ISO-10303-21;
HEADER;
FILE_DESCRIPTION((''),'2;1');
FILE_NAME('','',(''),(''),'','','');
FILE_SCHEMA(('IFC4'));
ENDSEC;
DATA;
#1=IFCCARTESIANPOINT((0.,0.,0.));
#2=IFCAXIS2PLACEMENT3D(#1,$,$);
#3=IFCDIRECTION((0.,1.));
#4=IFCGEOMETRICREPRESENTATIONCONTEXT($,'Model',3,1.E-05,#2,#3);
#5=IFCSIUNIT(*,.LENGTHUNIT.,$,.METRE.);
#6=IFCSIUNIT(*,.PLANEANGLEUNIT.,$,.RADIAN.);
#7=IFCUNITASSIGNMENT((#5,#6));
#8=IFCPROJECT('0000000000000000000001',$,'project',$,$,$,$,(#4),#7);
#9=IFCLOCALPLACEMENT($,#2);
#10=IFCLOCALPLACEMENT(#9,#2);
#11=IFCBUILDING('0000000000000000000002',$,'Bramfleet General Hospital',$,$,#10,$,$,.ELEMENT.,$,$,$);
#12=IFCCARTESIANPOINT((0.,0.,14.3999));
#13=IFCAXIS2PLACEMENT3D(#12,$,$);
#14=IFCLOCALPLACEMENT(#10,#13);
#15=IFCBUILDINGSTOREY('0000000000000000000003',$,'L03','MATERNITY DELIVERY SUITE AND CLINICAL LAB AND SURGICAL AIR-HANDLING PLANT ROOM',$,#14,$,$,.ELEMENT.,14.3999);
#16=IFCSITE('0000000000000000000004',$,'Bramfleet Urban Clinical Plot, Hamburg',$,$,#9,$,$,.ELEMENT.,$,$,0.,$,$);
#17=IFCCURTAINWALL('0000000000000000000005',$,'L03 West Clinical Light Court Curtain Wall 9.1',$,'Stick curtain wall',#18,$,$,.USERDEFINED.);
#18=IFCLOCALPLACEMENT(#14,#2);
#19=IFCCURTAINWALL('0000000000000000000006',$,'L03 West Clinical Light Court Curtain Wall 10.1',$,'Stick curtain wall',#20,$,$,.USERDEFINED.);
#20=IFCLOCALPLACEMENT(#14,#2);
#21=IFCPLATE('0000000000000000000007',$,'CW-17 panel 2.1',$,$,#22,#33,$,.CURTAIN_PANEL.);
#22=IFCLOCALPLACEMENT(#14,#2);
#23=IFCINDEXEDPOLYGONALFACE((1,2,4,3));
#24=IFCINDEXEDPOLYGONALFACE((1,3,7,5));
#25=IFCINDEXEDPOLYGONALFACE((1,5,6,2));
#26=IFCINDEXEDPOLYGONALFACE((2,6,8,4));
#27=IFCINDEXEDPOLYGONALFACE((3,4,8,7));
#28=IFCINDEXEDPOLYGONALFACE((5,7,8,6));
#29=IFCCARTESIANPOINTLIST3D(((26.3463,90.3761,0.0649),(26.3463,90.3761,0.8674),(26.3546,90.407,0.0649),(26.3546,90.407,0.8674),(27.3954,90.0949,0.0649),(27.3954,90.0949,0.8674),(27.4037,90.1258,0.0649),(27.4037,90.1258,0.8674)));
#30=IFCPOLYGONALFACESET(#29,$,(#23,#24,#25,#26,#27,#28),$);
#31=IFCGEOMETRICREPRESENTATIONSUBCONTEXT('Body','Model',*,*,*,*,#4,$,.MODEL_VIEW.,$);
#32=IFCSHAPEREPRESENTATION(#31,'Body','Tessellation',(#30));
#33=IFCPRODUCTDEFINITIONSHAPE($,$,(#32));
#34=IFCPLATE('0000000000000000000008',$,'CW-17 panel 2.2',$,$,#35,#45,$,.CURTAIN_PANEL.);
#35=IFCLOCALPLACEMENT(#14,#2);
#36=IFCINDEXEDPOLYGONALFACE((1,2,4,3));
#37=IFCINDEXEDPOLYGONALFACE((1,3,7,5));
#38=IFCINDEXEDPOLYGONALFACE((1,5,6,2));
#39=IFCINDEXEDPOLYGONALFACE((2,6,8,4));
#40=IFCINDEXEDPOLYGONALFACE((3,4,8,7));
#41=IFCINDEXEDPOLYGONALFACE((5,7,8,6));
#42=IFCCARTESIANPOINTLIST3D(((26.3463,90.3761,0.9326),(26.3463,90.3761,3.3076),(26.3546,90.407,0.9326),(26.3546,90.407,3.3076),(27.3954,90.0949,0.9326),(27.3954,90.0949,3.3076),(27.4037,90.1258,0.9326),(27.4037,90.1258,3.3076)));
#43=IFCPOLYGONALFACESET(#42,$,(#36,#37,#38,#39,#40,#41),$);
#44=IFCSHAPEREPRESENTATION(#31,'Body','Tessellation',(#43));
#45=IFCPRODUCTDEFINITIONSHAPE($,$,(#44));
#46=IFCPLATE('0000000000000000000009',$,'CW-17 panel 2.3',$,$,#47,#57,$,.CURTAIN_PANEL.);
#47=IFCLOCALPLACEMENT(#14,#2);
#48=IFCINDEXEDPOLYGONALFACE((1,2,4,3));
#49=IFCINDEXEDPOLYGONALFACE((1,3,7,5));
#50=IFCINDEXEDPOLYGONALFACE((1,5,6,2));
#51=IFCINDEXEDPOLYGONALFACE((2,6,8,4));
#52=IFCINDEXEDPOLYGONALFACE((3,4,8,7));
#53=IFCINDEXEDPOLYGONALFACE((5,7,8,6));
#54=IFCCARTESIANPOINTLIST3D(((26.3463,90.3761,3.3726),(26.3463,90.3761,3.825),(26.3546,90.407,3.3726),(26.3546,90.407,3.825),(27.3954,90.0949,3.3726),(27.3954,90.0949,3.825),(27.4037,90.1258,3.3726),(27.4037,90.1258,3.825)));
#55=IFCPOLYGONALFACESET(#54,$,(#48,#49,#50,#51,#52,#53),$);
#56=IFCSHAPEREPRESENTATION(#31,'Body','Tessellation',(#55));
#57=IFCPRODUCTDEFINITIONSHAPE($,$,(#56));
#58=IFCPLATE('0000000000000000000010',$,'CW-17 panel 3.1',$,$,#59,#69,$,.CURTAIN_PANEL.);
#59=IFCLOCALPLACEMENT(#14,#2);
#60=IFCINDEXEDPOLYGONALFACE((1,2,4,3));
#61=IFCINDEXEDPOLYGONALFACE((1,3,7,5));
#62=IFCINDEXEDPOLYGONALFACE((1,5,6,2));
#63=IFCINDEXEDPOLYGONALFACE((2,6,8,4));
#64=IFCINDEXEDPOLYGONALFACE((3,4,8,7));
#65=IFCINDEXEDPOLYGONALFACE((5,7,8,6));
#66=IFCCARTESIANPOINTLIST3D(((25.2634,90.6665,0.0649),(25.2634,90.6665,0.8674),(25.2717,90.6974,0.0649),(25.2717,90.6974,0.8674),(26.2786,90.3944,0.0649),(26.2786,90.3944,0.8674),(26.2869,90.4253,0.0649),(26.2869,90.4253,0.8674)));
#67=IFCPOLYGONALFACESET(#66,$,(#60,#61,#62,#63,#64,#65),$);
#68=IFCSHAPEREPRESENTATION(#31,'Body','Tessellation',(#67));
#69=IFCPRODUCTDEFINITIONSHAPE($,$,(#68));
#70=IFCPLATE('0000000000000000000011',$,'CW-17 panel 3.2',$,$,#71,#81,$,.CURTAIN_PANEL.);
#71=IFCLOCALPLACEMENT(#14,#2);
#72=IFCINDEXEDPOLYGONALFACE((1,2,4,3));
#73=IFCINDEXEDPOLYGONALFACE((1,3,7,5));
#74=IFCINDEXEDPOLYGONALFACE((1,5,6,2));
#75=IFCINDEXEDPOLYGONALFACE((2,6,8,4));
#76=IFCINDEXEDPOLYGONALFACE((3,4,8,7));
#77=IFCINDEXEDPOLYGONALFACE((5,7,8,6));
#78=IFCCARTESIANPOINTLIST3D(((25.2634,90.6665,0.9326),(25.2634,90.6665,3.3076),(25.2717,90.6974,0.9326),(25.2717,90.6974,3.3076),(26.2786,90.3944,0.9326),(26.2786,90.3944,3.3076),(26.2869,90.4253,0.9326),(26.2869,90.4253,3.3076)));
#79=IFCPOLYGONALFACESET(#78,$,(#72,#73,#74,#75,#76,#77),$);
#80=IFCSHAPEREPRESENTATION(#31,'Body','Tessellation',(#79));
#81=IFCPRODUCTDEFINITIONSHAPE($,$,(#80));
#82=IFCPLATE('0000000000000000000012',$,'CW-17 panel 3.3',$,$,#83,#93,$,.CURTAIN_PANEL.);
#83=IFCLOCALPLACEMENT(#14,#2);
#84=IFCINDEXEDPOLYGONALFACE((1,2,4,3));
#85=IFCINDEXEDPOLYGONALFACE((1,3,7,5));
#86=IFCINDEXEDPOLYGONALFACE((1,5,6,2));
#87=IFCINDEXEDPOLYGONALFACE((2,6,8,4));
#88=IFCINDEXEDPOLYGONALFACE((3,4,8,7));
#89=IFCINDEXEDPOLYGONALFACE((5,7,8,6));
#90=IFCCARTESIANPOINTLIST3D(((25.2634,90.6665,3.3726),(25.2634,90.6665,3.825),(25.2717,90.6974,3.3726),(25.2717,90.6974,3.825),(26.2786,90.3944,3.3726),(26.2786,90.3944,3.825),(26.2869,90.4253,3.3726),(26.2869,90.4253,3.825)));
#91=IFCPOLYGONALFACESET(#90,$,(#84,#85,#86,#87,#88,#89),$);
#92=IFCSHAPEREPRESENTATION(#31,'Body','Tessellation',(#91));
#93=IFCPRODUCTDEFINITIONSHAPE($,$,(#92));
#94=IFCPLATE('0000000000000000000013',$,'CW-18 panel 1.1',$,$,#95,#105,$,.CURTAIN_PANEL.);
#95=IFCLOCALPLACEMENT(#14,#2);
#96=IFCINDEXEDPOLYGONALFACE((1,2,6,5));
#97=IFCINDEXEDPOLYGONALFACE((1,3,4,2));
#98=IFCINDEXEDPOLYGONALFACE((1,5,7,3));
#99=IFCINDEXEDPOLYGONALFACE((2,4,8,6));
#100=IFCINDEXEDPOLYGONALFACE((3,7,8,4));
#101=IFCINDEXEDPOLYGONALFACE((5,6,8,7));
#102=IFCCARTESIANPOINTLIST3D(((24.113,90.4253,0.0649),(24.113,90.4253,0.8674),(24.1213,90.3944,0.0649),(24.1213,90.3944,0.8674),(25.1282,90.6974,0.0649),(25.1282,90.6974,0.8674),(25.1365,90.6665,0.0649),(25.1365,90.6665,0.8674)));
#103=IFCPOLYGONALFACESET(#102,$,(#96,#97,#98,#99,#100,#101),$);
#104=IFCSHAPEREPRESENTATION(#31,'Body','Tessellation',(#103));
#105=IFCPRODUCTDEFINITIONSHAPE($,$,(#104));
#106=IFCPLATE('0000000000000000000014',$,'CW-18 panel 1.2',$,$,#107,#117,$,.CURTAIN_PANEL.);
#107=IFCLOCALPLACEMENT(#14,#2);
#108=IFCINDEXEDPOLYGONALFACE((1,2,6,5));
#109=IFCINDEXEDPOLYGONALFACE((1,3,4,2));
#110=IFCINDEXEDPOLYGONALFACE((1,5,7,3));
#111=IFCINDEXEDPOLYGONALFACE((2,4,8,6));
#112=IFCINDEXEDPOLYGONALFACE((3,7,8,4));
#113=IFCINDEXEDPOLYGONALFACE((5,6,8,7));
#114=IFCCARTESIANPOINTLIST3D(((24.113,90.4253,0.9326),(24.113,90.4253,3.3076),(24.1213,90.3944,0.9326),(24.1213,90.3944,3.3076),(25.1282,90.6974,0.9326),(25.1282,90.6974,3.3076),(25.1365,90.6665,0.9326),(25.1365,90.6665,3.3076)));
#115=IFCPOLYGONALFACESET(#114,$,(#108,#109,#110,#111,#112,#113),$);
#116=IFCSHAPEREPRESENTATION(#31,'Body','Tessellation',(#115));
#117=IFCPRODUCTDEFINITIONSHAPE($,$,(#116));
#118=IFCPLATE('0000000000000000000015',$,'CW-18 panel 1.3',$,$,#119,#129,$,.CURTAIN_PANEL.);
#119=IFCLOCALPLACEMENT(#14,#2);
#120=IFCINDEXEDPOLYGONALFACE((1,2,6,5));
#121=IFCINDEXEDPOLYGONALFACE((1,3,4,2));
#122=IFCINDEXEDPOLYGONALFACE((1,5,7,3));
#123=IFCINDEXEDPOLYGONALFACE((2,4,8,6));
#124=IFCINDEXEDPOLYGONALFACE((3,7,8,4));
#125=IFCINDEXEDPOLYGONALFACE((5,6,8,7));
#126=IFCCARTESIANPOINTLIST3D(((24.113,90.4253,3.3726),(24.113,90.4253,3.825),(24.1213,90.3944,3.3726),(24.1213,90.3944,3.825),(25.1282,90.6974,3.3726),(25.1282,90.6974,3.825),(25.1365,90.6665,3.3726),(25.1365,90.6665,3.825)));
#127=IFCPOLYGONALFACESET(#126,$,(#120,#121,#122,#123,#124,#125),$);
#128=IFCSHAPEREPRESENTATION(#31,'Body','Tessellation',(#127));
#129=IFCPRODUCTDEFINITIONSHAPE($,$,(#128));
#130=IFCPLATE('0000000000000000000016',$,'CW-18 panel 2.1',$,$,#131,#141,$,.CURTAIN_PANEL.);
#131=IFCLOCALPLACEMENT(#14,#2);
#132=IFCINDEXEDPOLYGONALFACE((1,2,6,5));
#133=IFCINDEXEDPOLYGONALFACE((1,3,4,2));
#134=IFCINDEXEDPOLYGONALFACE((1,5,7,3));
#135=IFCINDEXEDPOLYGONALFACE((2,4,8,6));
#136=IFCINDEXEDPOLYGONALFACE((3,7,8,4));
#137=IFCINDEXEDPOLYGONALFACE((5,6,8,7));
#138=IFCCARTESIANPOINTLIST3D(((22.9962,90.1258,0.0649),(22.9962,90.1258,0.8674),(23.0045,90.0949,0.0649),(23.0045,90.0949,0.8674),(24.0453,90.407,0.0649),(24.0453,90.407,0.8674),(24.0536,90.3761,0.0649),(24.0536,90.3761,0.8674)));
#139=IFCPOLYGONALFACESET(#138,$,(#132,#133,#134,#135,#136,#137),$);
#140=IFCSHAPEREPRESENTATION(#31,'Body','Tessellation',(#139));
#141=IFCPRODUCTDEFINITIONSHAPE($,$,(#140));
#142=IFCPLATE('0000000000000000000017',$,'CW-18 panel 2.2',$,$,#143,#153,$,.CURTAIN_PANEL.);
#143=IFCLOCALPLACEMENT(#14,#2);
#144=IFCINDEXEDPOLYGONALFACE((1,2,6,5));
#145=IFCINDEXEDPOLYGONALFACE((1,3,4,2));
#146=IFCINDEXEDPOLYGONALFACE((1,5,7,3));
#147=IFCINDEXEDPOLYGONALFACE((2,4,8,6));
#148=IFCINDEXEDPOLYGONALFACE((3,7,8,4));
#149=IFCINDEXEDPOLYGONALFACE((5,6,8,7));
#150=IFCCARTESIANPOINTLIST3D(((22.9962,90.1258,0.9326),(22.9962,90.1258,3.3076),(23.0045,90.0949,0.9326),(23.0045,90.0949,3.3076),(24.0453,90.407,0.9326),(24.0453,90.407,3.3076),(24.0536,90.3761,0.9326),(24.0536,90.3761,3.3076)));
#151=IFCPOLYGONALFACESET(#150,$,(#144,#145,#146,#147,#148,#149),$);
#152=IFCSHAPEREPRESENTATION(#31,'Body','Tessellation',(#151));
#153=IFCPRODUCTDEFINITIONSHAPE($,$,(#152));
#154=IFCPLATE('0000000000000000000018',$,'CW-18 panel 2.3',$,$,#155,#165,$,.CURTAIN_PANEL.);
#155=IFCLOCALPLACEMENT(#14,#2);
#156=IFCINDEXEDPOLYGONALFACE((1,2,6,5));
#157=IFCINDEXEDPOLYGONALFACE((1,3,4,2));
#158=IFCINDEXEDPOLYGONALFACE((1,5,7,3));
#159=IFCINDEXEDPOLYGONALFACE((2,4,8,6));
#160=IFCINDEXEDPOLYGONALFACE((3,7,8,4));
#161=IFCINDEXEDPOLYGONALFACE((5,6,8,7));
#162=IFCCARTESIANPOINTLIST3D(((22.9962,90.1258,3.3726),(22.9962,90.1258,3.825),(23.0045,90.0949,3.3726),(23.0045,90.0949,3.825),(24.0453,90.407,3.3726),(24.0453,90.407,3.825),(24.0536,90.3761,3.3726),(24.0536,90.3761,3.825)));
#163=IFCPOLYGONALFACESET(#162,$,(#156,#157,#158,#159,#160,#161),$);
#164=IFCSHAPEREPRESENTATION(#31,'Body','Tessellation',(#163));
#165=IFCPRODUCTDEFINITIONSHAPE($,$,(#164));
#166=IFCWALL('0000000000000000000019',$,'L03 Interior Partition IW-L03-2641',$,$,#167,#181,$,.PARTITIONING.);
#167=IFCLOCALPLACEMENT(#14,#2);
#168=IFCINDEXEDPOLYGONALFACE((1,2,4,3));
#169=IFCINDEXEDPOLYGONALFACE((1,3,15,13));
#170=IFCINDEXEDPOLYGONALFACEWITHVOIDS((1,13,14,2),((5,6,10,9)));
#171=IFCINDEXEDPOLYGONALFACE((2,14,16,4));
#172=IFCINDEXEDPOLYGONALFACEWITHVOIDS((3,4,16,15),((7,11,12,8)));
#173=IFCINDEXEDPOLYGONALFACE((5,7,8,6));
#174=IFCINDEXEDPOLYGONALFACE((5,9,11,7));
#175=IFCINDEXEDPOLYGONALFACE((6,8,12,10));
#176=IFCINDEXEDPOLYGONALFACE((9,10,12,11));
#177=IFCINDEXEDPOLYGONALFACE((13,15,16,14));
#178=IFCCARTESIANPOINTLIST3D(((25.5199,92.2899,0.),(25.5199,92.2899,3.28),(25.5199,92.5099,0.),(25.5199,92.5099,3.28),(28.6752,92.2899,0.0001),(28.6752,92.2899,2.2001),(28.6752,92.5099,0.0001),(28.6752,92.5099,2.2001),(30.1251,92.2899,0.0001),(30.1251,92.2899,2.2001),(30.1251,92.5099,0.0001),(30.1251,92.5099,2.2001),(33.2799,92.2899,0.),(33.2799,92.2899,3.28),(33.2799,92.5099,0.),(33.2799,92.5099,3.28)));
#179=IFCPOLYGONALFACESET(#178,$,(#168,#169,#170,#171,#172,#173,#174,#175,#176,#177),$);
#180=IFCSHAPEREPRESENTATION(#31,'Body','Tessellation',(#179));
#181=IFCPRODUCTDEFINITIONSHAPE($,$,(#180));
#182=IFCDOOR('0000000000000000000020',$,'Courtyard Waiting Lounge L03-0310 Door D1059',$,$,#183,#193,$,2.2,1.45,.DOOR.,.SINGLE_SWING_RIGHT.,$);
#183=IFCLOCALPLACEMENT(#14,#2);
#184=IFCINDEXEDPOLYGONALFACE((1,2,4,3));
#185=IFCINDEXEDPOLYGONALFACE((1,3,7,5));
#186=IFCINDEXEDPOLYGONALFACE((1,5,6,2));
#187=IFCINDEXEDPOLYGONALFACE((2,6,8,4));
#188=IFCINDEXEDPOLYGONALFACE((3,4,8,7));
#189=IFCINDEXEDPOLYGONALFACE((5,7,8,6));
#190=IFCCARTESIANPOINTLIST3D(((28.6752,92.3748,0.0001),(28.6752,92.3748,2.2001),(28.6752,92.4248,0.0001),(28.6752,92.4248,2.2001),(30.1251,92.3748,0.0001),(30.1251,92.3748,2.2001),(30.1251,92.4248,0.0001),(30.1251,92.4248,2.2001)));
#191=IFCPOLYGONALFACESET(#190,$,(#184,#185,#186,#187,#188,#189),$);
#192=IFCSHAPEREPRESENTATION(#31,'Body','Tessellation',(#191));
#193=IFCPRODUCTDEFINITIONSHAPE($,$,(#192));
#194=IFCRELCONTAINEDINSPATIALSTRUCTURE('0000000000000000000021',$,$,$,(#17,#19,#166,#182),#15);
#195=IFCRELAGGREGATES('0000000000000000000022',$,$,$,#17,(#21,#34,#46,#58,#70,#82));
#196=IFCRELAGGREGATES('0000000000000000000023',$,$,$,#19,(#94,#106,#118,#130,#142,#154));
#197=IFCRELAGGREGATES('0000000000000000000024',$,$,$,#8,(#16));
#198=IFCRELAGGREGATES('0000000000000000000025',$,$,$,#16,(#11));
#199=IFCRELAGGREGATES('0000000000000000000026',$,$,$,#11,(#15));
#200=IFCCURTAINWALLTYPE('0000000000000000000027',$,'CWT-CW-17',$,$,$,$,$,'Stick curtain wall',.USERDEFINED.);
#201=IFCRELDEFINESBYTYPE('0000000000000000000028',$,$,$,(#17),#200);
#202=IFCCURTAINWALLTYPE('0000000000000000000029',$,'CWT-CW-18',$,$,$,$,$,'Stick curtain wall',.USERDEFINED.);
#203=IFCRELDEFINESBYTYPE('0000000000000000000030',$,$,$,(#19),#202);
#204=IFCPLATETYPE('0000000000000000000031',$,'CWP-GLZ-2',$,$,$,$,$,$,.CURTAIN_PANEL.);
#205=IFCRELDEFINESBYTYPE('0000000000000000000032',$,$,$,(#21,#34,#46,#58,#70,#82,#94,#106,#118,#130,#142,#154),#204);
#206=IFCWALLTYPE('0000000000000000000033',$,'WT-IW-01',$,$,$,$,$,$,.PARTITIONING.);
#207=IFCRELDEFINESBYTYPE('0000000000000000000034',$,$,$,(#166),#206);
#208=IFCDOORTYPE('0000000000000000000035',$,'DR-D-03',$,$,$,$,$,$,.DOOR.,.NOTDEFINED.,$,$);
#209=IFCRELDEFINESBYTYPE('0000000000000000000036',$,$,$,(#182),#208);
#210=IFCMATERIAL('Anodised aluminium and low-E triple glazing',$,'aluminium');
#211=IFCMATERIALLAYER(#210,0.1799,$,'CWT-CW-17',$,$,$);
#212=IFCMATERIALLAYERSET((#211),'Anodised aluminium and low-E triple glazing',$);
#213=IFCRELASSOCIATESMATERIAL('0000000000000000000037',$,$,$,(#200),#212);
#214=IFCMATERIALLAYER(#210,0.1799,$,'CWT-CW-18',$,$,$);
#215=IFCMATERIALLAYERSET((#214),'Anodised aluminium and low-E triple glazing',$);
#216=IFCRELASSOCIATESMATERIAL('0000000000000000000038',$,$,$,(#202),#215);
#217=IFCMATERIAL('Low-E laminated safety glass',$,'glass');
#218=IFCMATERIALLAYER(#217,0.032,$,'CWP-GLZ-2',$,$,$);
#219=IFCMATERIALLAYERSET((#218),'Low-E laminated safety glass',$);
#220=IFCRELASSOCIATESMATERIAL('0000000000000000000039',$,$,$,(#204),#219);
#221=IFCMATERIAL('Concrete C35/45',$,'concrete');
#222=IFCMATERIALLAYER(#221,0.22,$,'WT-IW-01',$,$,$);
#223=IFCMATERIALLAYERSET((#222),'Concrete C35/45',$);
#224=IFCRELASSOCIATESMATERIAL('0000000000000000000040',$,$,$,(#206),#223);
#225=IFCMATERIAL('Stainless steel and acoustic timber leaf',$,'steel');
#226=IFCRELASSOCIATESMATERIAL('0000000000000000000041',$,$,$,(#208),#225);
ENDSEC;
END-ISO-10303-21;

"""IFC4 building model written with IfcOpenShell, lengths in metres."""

from ifc_helpers import new_model, si_unit, direction, frame, frame_2d, origin, origin_2d, place, context, subcontext, project, spatial, rectangle, extrude, material, layer, layer_set, type_object, element, fill, aggregate, save


model = new_model("IFC4")

# Units and contexts
model_context = context("Model", 3, precision=1e-05, world=origin(), true_north=direction((0.0, 1.0)))
body_context = subcontext(model_context, "Body", "Model", "MODEL_VIEW")
ifc_project = project(units=[si_unit("LENGTHUNIT", "METRE"), si_unit("PLANEANGLEUNIT", "RADIAN")], contexts=[model_context])

# Site, building, storey
site_placement = place(None, origin())
site = spatial("IfcSite", under=ifc_project, at=site_placement, Name="Bramfleet Urban Clinical Plot, Hamburg", CompositionType="ELEMENT", RefElevation=0.0)
building_placement = place(site_placement, origin())
building = spatial("IfcBuilding", under=site, at=building_placement, Name="Bramfleet General Hospital", CompositionType="ELEMENT")
storey_placement = place(building_placement, frame((0.0, 0.0, 14.3999)))
storey = spatial("IfcBuildingStorey", under=building, at=storey_placement, Name="L03", Description="MATERNITY DELIVERY SUITE AND CLINICAL LAB AND SURGICAL AIR-HANDLING PLANT ROOM", CompositionType="ELEMENT", Elevation=14.3999)

# Shared definitions
ifc_material_1 = material(Name="Concrete C35/45", Category="concrete")

# Curtain walls
ifc_material_2 = material(Name="Anodised aluminium and low-E triple glazing", Category="aluminium")
ifc_layer_1 = layer(ifc_material_2, 0.1799, Name="CWT-CW-17")
ifc_layer_set_1 = layer_set([ifc_layer_1], Name="Anodised aluminium and low-E triple glazing")
curtain_wall_type_1 = type_object("IfcCurtainWallType", Name="CWT-CW-17", ElementType="Stick curtain wall", PredefinedType="USERDEFINED", material=ifc_layer_set_1)
curtain_wall_1_placement = place(storey_placement, origin())
curtain_wall_1 = element("IfcCurtainWall", 1, at=curtain_wall_1_placement, inside=storey, type_object=curtain_wall_type_1, Name="L03 West Clinical Light Court Curtain Wall 9.1", ObjectType="Stick curtain wall", PredefinedType="USERDEFINED")
ifc_layer_2 = layer(ifc_material_2, 0.1799, Name="CWT-CW-18")
ifc_layer_set_2 = layer_set([ifc_layer_2], Name="Anodised aluminium and low-E triple glazing")
curtain_wall_type_2 = type_object("IfcCurtainWallType", Name="CWT-CW-18", ElementType="Stick curtain wall", PredefinedType="USERDEFINED", material=ifc_layer_set_2)
curtain_wall_2_placement = place(storey_placement, origin())
curtain_wall_2 = element("IfcCurtainWall", 2, at=curtain_wall_2_placement, inside=storey, type_object=curtain_wall_type_2, Name="L03 West Clinical Light Court Curtain Wall 10.1", ObjectType="Stick curtain wall", PredefinedType="USERDEFINED")

# Plates
ifc_material_3 = material(Name="Low-E laminated safety glass", Category="glass")
ifc_layer_3 = layer(ifc_material_3, 0.032, Name="CWP-GLZ-2")
ifc_layer_set_3 = layer_set([ifc_layer_3], Name="Low-E laminated safety glass")
plate_type = type_object("IfcPlateType", Name="CWP-GLZ-2", PredefinedType="CURTAIN_PANEL", material=ifc_layer_set_3)
plate_1_placement = place(storey_placement, frame((26.875, 90.251, 0.0649), z_axis=(0.0, 0.0, 1.0), x_axis=(-0.965899, 0.258919, 0.0)))
plate_1 = element("IfcPlate", 3, at=plate_1_placement, type_object=plate_type, Name="CW-17 panel 2.1", PredefinedType="CURTAIN_PANEL", context=body_context, shape_type="SweptSolid", body=[
    extrude(rectangle(XDim=1.0862, YDim=0.032, at=origin_2d()), origin(), (0.0, 0.0, 1.0), 0.8025),
])
plate_2_placement = place(storey_placement, frame((26.875, 90.251, 0.9326), z_axis=(0.0, 0.0, 1.0), x_axis=(-0.965899, 0.258919, 0.0)))
plate_2 = element("IfcPlate", 4, at=plate_2_placement, type_object=plate_type, Name="CW-17 panel 2.2", PredefinedType="CURTAIN_PANEL", context=body_context, shape_type="SweptSolid", body=[
    extrude(rectangle(XDim=1.0862, YDim=0.032, at=origin_2d()), origin(), (0.0, 0.0, 1.0), 2.375),
])
plate_3_placement = place(storey_placement, frame((26.875, 90.251, 3.3726), z_axis=(0.0, 0.0, 1.0), x_axis=(-0.965899, 0.258919, 0.0)))
plate_3 = element("IfcPlate", 5, at=plate_3_placement, type_object=plate_type, Name="CW-17 panel 2.3", PredefinedType="CURTAIN_PANEL", context=body_context, shape_type="SweptSolid", body=[
    extrude(rectangle(XDim=1.0862, YDim=0.032, at=origin_2d()), origin(), (0.0, 0.0, 1.0), 0.4524),
])
plate_4_placement = place(storey_placement, frame((25.7751, 90.5459, 0.0649), z_axis=(0.0, 0.0, 1.0), x_axis=(-0.965899, 0.258919, 0.0)))
plate_4 = element("IfcPlate", 6, at=plate_4_placement, type_object=plate_type, Name="CW-17 panel 3.1", PredefinedType="CURTAIN_PANEL", context=body_context, shape_type="SweptSolid", body=[
    extrude(rectangle(XDim=1.051, YDim=0.032, at=origin_2d()), origin(), (0.0, 0.0, 1.0), 0.8025),
])
plate_5_placement = place(storey_placement, frame((25.7751, 90.5459, 0.9326), z_axis=(0.0, 0.0, 1.0), x_axis=(-0.965899, 0.258919, 0.0)))
plate_5 = element("IfcPlate", 7, at=plate_5_placement, type_object=plate_type, Name="CW-17 panel 3.2", PredefinedType="CURTAIN_PANEL", context=body_context, shape_type="SweptSolid", body=[
    extrude(rectangle(XDim=1.051, YDim=0.032, at=origin_2d()), origin(), (0.0, 0.0, 1.0), 2.375),
])
plate_6_placement = place(storey_placement, frame((25.7751, 90.5459, 3.3726), z_axis=(0.0, 0.0, 1.0), x_axis=(-0.965899, 0.258919, 0.0)))
plate_6 = element("IfcPlate", 8, at=plate_6_placement, type_object=plate_type, Name="CW-17 panel 3.3", PredefinedType="CURTAIN_PANEL", context=body_context, shape_type="SweptSolid", body=[
    extrude(rectangle(XDim=1.051, YDim=0.032, at=origin_2d()), origin(), (0.0, 0.0, 1.0), 0.4524),
])
aggregate(curtain_wall_1, [plate_1, plate_2, plate_3, plate_4, plate_5, plate_6])
plate_7_placement = place(storey_placement, frame((24.6248, 90.5459, 0.0649), z_axis=(0.0, 0.0, 1.0), x_axis=(-0.965899, -0.258919, 0.0)))
plate_7 = element("IfcPlate", 9, at=plate_7_placement, type_object=plate_type, Name="CW-18 panel 1.1", PredefinedType="CURTAIN_PANEL", context=body_context, shape_type="SweptSolid", body=[
    extrude(rectangle(XDim=1.051, YDim=0.032, at=origin_2d()), origin(), (0.0, 0.0, 1.0), 0.8025),
])
plate_8_placement = place(storey_placement, frame((24.6248, 90.5459, 0.9326), z_axis=(0.0, 0.0, 1.0), x_axis=(-0.965899, -0.258919, 0.0)))
plate_8 = element("IfcPlate", 10, at=plate_8_placement, type_object=plate_type, Name="CW-18 panel 1.2", PredefinedType="CURTAIN_PANEL", context=body_context, shape_type="SweptSolid", body=[
    extrude(rectangle(XDim=1.051, YDim=0.032, at=origin_2d()), origin(), (0.0, 0.0, 1.0), 2.375),
])
plate_9_placement = place(storey_placement, frame((24.6248, 90.5459, 3.3726), z_axis=(0.0, 0.0, 1.0), x_axis=(-0.965899, -0.258919, 0.0)))
plate_9 = element("IfcPlate", 11, at=plate_9_placement, type_object=plate_type, Name="CW-18 panel 1.3", PredefinedType="CURTAIN_PANEL", context=body_context, shape_type="SweptSolid", body=[
    extrude(rectangle(XDim=1.051, YDim=0.032, at=origin_2d()), origin(), (0.0, 0.0, 1.0), 0.4524),
])
plate_10_placement = place(storey_placement, frame((23.5249, 90.251, 0.0649), z_axis=(0.0, 0.0, 1.0), x_axis=(-0.965899, -0.258919, 0.0)))
plate_10 = element("IfcPlate", 12, at=plate_10_placement, type_object=plate_type, Name="CW-18 panel 2.1", PredefinedType="CURTAIN_PANEL", context=body_context, shape_type="SweptSolid", body=[
    extrude(rectangle(XDim=1.0862, YDim=0.032, at=origin_2d()), origin(), (0.0, 0.0, 1.0), 0.8025),
])
plate_11_placement = place(storey_placement, frame((23.5249, 90.251, 0.9326), z_axis=(0.0, 0.0, 1.0), x_axis=(-0.965899, -0.258919, 0.0)))
plate_11 = element("IfcPlate", 13, at=plate_11_placement, type_object=plate_type, Name="CW-18 panel 2.2", PredefinedType="CURTAIN_PANEL", context=body_context, shape_type="SweptSolid", body=[
    extrude(rectangle(XDim=1.0862, YDim=0.032, at=origin_2d()), origin(), (0.0, 0.0, 1.0), 2.375),
])
plate_12_placement = place(storey_placement, frame((23.5249, 90.251, 3.3726), z_axis=(0.0, 0.0, 1.0), x_axis=(-0.965899, -0.258919, 0.0)))
plate_12 = element("IfcPlate", 14, at=plate_12_placement, type_object=plate_type, Name="CW-18 panel 2.3", PredefinedType="CURTAIN_PANEL", context=body_context, shape_type="SweptSolid", body=[
    extrude(rectangle(XDim=1.0862, YDim=0.032, at=origin_2d()), origin(), (0.0, 0.0, 1.0), 0.4524),
])
aggregate(curtain_wall_2, [plate_7, plate_8, plate_9, plate_10, plate_11, plate_12])

# Wall, opening, door
ifc_layer_4 = layer(ifc_material_1, 0.22, Name="WT-IW-01")
ifc_layer_set_4 = layer_set([ifc_layer_4], Name="Concrete C35/45")
wall_type_1 = type_object("IfcWallType", Name="WT-IW-01", PredefinedType="PARTITIONING", material=ifc_layer_set_4)
wall_1_placement = place(storey_placement, frame((25.52, 92.3999, 0.0), z_axis=(0.0, 0.0, 1.0), x_axis=(1.0, 0.0, 0.0)))
wall_1 = element("IfcWall", 15, at=wall_1_placement, inside=storey, type_object=wall_type_1, Name="L03 Interior Partition IW-L03-2641", PredefinedType="PARTITIONING", context=body_context, shape_type="SweptSolid", body=[
    extrude(rectangle(XDim=7.76, YDim=0.22, at=frame_2d((3.8799, 0.0))), origin(), (0.0, 0.0, 1.0), 3.28),
])
opening_placement = place(wall_1_placement, frame((3.155, 0.0, 0.0)))
opening = element("IfcOpeningElement", 16, at=opening_placement, cuts=wall_1, PredefinedType="OPENING", context=body_context, shape_type="SweptSolid", body=[
    extrude(rectangle(XDim=1.45, YDim=2.2, at=frame_2d((0.7251, 1.1001))), frame((0.0, 0.1199, 0.0), z_axis=(0.0, -1.0, 0.0), x_axis=(1.0, 0.0, 0.0)), (0.0, 0.0, 1.0), 0.24),
])
ifc_material_4 = material(Name="Stainless steel and acoustic timber leaf", Category="steel")
door_type = type_object("IfcDoorType", Name="DR-D-03", OperationType="NOTDEFINED", PredefinedType="DOOR", material=ifc_material_4)
door_placement = place(opening_placement, origin())
door = element("IfcDoor", 17, at=door_placement, inside=storey, type_object=door_type, Name="Courtyard Waiting Lounge L03-0310 Door D1059", OperationType="SINGLE_SWING_RIGHT", OverallHeight=2.2, OverallWidth=1.45, PredefinedType="DOOR", context=body_context, shape_type="SweptSolid", body=[
    extrude(rectangle(XDim=1.45, YDim=2.2, at=frame_2d((0.7251, 1.1001))), frame((0.0, 0.0249, 0.0), z_axis=(0.0, -1.0, 0.0), x_axis=(1.0, 0.0, 0.0)), (0.0, 0.0, 1.0), 0.05),
])
fill(opening, door)

save(model, "model.ifc")
